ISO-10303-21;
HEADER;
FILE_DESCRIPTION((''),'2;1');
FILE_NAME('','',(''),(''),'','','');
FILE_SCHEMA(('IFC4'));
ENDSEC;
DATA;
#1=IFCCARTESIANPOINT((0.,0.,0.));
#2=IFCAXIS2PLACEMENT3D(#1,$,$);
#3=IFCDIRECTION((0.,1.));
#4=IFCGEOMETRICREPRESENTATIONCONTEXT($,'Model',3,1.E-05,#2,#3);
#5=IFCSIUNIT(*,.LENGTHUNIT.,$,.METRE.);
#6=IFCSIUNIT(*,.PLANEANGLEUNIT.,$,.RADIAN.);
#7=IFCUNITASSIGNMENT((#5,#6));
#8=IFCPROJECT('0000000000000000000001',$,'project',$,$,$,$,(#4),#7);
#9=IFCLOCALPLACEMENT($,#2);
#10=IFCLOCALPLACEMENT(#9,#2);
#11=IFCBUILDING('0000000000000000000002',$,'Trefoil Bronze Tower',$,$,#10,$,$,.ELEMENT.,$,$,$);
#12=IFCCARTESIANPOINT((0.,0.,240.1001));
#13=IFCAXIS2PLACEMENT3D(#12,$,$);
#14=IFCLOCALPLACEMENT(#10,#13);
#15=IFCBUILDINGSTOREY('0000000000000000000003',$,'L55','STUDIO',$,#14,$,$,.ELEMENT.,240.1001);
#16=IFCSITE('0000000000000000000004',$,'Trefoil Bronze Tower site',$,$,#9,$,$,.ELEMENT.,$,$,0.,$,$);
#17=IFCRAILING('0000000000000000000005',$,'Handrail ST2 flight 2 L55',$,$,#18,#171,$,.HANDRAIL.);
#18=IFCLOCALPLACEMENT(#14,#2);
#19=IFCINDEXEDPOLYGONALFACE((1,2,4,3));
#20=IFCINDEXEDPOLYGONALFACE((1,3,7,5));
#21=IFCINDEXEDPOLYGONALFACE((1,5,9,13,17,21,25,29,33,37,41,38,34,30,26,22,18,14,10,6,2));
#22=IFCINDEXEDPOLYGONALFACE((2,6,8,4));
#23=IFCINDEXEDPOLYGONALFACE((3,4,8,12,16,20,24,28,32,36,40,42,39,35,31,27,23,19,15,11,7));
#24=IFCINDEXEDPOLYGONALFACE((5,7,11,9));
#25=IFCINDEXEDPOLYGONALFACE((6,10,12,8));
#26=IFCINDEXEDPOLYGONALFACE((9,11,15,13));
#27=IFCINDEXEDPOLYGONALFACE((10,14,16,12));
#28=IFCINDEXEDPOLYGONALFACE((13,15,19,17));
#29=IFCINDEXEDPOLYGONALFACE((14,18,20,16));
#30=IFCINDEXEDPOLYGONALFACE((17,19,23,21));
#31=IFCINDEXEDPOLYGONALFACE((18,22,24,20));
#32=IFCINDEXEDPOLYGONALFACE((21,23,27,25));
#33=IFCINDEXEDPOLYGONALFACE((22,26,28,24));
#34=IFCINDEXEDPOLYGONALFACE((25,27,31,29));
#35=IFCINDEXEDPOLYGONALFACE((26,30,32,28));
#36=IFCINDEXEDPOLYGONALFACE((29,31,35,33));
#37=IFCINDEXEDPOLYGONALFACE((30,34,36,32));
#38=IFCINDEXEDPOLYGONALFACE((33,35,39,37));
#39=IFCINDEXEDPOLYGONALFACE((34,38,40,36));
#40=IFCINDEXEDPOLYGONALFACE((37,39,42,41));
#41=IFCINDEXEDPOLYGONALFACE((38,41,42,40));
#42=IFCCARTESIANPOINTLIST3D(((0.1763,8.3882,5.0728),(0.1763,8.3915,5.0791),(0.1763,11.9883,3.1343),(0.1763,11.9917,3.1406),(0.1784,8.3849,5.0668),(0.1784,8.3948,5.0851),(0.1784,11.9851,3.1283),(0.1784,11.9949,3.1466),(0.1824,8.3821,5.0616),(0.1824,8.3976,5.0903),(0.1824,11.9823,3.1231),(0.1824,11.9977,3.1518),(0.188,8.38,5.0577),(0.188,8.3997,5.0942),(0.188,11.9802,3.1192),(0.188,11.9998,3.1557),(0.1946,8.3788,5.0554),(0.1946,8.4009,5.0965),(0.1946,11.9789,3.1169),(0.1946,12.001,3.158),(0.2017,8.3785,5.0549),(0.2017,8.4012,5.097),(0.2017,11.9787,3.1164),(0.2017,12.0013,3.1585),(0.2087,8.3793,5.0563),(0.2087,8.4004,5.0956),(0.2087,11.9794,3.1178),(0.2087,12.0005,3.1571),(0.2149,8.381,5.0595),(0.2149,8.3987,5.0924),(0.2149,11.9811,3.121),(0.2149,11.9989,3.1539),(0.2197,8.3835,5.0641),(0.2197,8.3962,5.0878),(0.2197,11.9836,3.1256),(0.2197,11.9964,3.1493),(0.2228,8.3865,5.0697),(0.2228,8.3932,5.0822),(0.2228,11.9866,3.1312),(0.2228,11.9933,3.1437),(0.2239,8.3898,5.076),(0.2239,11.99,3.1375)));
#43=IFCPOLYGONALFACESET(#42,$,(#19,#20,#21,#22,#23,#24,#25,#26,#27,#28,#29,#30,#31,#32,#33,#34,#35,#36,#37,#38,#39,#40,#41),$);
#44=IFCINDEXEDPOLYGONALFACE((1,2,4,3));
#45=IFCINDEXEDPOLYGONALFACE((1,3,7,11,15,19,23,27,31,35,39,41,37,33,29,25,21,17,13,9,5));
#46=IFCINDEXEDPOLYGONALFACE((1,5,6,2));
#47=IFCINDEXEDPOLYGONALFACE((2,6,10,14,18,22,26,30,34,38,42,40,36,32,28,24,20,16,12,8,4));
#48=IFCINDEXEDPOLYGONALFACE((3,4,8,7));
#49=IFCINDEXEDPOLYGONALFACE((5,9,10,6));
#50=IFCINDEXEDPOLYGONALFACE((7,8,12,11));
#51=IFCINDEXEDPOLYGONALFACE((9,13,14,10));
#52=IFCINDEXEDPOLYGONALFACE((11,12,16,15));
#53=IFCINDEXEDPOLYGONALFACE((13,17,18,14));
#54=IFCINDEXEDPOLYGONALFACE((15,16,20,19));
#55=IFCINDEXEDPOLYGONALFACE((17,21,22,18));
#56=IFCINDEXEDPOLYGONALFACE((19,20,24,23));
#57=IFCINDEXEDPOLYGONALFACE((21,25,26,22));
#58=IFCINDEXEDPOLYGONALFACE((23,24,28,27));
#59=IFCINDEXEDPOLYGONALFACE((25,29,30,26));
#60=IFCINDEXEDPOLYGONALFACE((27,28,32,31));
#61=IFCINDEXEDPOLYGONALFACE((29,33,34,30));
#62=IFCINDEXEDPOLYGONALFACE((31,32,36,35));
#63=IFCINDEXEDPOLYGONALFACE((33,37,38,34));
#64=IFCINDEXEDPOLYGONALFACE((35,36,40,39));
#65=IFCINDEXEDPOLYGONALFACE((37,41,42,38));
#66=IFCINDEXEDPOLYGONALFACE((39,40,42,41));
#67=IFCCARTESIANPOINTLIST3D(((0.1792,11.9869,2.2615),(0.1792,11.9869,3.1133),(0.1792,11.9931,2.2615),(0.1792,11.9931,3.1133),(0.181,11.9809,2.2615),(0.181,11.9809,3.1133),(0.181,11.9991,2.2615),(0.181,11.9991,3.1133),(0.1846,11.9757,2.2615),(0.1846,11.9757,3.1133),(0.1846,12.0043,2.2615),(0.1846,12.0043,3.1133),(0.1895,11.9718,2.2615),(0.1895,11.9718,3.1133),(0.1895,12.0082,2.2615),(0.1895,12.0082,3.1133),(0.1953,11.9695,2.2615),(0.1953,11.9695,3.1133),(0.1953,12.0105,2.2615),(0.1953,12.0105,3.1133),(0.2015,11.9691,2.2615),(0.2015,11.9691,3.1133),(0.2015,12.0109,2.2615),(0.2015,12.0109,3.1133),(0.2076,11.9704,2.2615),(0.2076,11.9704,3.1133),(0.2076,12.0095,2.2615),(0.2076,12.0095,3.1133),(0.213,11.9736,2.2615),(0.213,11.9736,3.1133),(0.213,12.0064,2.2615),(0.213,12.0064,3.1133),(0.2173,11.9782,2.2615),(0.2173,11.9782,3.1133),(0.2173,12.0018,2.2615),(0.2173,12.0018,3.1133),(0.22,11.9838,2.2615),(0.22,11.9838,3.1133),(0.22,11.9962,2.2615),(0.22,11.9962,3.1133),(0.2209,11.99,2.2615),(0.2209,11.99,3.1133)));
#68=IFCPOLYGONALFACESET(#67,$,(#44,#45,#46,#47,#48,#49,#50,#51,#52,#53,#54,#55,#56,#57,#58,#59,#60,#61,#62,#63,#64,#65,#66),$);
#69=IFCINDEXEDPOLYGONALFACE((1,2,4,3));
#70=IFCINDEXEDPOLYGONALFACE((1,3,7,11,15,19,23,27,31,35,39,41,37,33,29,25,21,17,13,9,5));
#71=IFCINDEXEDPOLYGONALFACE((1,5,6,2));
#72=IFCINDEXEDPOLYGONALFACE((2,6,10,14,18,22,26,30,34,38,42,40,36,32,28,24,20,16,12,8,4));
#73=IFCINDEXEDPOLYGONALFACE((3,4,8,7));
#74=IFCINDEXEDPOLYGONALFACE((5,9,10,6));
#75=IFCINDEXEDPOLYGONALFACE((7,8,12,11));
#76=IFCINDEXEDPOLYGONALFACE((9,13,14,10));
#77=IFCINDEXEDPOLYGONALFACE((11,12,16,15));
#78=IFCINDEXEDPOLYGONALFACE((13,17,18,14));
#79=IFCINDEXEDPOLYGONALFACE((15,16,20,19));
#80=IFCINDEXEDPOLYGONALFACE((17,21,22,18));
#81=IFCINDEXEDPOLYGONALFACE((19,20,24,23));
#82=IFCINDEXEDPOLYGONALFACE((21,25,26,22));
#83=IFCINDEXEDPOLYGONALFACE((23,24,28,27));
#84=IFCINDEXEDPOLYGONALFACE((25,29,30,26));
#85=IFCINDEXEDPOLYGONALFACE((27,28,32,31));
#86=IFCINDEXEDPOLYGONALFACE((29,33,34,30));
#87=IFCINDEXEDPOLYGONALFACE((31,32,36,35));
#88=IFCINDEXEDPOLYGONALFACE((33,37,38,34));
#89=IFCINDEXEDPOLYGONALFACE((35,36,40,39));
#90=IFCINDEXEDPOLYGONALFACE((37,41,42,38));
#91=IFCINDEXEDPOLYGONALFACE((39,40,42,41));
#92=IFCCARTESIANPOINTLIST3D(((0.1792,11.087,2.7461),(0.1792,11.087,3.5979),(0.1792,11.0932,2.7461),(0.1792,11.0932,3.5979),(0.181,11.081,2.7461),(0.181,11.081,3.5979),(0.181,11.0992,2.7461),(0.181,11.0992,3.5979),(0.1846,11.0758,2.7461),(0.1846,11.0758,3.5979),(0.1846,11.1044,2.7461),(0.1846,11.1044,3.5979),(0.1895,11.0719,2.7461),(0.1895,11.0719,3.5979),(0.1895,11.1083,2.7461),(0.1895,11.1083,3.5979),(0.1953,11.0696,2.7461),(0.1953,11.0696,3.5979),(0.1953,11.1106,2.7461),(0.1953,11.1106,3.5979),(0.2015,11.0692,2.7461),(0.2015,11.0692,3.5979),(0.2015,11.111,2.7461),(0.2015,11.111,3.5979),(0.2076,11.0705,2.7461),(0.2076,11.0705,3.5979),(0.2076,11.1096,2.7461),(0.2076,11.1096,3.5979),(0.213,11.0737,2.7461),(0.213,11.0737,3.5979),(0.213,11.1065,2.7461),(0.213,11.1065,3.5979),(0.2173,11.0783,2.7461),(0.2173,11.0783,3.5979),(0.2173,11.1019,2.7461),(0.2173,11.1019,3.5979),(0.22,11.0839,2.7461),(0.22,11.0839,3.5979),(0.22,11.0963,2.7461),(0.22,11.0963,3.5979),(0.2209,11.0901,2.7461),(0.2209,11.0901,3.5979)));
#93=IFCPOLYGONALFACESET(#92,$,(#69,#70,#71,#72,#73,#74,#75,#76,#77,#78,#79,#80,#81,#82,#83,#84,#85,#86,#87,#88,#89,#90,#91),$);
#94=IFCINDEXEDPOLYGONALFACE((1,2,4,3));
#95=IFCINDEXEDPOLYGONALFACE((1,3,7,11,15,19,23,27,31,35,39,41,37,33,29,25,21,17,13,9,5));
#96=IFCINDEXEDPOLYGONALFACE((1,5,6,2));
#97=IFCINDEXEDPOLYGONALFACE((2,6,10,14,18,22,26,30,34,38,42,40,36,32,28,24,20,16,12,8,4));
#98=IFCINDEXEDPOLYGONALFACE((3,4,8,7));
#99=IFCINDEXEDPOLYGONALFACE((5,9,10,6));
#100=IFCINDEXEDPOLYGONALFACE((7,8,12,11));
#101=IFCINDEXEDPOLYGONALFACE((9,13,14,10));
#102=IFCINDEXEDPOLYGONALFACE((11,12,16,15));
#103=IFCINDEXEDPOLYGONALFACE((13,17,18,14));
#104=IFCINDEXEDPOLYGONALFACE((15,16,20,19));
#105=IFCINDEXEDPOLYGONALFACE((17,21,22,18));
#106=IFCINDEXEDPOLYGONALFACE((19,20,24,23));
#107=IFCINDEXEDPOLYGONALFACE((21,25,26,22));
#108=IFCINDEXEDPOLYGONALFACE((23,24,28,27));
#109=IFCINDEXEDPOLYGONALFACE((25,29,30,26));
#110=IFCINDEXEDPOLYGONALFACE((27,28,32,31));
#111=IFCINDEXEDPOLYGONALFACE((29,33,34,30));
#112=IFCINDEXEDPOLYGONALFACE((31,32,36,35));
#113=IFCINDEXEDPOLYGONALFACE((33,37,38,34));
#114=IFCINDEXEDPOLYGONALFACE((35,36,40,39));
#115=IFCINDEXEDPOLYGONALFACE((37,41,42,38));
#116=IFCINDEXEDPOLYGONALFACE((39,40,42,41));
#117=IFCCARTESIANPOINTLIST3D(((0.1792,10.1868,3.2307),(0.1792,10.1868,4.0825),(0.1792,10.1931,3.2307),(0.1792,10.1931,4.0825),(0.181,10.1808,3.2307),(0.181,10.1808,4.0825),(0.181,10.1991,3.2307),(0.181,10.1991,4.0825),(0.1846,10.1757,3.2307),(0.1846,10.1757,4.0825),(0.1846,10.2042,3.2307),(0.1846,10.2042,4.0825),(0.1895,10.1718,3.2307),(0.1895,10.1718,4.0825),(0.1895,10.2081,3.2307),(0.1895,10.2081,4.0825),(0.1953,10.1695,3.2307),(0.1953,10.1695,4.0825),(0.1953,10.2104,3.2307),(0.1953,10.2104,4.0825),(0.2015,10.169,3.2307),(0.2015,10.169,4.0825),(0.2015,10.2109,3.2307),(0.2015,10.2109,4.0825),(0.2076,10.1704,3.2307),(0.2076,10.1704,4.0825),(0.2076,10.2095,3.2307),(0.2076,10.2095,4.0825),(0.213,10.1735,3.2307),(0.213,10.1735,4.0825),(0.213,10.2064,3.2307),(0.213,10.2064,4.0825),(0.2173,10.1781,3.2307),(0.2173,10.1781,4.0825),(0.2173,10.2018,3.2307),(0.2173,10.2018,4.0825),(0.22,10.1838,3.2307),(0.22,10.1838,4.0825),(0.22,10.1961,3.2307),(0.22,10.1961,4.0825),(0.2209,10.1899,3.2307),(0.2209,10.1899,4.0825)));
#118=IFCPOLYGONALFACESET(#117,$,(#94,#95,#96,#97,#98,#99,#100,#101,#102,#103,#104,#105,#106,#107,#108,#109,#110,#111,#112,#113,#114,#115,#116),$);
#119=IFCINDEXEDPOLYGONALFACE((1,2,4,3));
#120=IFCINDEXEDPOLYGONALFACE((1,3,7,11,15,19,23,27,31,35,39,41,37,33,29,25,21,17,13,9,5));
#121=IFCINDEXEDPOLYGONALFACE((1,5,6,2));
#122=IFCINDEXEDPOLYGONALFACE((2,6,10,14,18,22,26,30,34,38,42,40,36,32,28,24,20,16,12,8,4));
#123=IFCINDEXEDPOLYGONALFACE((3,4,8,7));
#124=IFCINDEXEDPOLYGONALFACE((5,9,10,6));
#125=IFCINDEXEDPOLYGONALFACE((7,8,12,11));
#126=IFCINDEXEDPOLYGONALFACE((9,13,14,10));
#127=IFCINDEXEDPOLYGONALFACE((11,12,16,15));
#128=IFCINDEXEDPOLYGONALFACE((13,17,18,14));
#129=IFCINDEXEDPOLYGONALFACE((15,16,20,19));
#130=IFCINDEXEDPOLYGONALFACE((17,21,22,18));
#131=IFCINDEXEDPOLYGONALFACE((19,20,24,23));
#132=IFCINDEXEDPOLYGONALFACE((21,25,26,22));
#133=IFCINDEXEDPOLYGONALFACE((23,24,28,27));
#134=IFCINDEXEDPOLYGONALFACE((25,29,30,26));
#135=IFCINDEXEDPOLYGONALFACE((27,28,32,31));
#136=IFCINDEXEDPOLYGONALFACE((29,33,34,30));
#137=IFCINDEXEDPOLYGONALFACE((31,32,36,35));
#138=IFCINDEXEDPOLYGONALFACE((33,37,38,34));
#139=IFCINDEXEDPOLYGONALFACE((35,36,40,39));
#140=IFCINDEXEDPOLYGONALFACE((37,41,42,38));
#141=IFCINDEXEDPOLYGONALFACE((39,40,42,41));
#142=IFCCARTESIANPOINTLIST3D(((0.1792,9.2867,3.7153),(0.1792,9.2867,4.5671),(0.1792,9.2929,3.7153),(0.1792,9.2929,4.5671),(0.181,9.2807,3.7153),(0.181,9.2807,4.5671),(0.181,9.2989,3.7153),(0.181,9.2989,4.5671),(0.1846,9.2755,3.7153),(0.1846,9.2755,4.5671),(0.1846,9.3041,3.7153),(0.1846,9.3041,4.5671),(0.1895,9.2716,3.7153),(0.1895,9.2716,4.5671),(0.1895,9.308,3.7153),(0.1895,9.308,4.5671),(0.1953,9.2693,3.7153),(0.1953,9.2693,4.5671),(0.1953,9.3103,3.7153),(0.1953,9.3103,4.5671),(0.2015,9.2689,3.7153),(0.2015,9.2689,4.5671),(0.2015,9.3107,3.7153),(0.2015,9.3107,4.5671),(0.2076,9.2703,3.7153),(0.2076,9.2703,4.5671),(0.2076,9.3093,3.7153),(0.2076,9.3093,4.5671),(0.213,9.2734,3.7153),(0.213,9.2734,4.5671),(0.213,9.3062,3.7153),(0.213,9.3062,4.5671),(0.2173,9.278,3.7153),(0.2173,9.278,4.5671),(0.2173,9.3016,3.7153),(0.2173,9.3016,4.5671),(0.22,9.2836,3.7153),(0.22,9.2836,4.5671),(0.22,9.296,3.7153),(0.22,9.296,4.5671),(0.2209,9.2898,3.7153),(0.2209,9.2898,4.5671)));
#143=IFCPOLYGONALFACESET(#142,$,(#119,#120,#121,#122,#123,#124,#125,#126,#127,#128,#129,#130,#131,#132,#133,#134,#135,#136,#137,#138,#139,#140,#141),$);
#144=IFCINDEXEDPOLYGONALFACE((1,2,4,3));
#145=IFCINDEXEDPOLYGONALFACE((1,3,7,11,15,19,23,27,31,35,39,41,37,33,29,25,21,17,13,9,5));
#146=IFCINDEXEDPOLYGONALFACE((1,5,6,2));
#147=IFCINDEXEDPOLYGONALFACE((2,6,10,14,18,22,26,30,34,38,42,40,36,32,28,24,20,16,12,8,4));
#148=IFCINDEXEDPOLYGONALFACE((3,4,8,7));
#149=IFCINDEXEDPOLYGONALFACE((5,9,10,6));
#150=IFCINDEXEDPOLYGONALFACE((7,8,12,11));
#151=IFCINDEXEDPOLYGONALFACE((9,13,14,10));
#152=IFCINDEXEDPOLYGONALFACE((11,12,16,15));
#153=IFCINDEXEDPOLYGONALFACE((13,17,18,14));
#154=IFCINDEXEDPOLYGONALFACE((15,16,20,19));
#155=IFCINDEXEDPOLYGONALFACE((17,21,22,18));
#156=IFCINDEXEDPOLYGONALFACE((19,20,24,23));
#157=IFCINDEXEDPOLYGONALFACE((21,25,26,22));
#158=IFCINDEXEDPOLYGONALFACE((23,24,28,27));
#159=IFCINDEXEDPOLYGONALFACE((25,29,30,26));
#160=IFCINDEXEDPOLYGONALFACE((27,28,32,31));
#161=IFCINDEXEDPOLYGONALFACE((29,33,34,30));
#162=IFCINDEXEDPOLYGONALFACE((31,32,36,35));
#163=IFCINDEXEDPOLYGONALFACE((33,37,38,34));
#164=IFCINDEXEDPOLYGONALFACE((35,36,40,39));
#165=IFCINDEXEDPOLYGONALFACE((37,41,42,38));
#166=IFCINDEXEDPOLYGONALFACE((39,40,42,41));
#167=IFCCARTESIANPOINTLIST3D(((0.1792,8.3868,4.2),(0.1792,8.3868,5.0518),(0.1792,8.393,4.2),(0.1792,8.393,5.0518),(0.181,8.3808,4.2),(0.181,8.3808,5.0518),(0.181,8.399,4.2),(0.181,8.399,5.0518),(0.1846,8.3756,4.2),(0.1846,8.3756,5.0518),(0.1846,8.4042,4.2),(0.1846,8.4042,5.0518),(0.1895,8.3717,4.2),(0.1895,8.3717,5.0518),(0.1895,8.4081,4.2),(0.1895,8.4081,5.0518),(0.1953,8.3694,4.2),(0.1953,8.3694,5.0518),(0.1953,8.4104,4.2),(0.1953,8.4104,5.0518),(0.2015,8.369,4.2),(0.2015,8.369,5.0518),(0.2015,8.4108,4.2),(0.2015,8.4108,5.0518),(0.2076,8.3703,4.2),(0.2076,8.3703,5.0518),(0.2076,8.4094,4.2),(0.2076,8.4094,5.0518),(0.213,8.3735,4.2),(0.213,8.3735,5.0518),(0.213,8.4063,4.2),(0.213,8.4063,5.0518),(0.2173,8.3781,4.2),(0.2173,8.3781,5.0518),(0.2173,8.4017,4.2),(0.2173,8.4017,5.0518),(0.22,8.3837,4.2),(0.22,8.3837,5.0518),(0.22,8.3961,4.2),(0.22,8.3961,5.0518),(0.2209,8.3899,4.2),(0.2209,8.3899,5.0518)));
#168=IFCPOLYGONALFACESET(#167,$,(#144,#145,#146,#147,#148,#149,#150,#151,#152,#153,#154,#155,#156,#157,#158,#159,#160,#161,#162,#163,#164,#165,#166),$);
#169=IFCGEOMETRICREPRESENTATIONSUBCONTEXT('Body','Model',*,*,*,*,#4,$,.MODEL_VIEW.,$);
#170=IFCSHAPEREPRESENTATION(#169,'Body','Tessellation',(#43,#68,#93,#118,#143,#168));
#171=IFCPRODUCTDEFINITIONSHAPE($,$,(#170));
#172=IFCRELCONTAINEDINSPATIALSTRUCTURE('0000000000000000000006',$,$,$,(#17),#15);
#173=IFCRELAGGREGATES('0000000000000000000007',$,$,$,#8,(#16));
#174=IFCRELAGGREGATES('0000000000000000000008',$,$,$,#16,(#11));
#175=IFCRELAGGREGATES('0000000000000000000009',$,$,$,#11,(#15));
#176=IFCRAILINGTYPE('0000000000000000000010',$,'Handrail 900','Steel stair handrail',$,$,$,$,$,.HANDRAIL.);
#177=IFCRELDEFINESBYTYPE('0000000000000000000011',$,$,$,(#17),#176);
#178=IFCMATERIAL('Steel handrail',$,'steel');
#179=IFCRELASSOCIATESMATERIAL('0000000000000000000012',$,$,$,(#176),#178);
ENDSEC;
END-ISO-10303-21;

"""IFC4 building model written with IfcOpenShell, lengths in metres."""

from ifc_helpers import new_model, si_unit, direction, frame, origin, origin_2d, place, context, subcontext, project, spatial, circle, extrude, material, type_object, element, save


model = new_model("IFC4")

# Units and contexts
model_context = context("Model", 3, precision=1e-05, world=origin(), true_north=direction((0.0, 1.0)))
body_context = subcontext(model_context, "Body", "Model", "MODEL_VIEW")
ifc_project = project(units=[si_unit("LENGTHUNIT", "METRE"), si_unit("PLANEANGLEUNIT", "RADIAN")], contexts=[model_context])

# Site, building, storey
site_placement = place(None, origin())
site = spatial("IfcSite", under=ifc_project, at=site_placement, Name="Trefoil Bronze Tower site", CompositionType="ELEMENT", RefElevation=0.0)
building_placement = place(site_placement, origin())
building = spatial("IfcBuilding", under=site, at=building_placement, Name="Trefoil Bronze Tower", CompositionType="ELEMENT")
storey_placement = place(building_placement, frame((0.0, 0.0, 240.1001)))
storey = spatial("IfcBuildingStorey", under=building, at=storey_placement, Name="L55", Description="STUDIO", CompositionType="ELEMENT", Elevation=240.1001)

# Railing
ifc_material_1 = material(Name="Steel handrail", Category="steel")
railing_type = type_object("IfcRailingType", Name="Handrail 900", Description="Steel stair handrail", PredefinedType="HANDRAIL", material=ifc_material_1)
railing_placement = place(storey_placement, frame((0.2, 11.99, 2.2615)))
element("IfcRailing", 1, at=railing_placement, inside=storey, type_object=railing_type, Name="Handrail ST2 flight 2 L55", PredefinedType="HANDRAIL", context=body_context, shape_type="SweptSolid", body=[
    extrude(circle(Radius=0.0239, at=origin_2d()), frame((0.0, 0.0, 0.876), z_axis=(0.0, -0.880475, 0.474093), x_axis=(1.0, 0.0, 0.0)), (0.0, 0.0, 1.0), 4.0889),
    extrude(circle(Radius=0.021, at=origin_2d()), origin(), (0.0, 0.0, 1.0), 0.8518),
    extrude(circle(Radius=0.021, at=origin_2d()), frame((0.0, -0.8999, 0.4846)), (0.0, 0.0, 1.0), 0.8518),
    extrude(circle(Radius=0.021, at=origin_2d()), frame((0.0, -1.8, 0.9692)), (0.0, 0.0, 1.0), 0.8518),
    extrude(circle(Radius=0.021, at=origin_2d()), frame((0.0, -2.7002, 1.4539)), (0.0, 0.0, 1.0), 0.8518),
    extrude(circle(Radius=0.021, at=origin_2d()), frame((0.0, -3.6001, 1.9385)), (0.0, 0.0, 1.0), 0.8518),
])

save(model, "model.ifc")
